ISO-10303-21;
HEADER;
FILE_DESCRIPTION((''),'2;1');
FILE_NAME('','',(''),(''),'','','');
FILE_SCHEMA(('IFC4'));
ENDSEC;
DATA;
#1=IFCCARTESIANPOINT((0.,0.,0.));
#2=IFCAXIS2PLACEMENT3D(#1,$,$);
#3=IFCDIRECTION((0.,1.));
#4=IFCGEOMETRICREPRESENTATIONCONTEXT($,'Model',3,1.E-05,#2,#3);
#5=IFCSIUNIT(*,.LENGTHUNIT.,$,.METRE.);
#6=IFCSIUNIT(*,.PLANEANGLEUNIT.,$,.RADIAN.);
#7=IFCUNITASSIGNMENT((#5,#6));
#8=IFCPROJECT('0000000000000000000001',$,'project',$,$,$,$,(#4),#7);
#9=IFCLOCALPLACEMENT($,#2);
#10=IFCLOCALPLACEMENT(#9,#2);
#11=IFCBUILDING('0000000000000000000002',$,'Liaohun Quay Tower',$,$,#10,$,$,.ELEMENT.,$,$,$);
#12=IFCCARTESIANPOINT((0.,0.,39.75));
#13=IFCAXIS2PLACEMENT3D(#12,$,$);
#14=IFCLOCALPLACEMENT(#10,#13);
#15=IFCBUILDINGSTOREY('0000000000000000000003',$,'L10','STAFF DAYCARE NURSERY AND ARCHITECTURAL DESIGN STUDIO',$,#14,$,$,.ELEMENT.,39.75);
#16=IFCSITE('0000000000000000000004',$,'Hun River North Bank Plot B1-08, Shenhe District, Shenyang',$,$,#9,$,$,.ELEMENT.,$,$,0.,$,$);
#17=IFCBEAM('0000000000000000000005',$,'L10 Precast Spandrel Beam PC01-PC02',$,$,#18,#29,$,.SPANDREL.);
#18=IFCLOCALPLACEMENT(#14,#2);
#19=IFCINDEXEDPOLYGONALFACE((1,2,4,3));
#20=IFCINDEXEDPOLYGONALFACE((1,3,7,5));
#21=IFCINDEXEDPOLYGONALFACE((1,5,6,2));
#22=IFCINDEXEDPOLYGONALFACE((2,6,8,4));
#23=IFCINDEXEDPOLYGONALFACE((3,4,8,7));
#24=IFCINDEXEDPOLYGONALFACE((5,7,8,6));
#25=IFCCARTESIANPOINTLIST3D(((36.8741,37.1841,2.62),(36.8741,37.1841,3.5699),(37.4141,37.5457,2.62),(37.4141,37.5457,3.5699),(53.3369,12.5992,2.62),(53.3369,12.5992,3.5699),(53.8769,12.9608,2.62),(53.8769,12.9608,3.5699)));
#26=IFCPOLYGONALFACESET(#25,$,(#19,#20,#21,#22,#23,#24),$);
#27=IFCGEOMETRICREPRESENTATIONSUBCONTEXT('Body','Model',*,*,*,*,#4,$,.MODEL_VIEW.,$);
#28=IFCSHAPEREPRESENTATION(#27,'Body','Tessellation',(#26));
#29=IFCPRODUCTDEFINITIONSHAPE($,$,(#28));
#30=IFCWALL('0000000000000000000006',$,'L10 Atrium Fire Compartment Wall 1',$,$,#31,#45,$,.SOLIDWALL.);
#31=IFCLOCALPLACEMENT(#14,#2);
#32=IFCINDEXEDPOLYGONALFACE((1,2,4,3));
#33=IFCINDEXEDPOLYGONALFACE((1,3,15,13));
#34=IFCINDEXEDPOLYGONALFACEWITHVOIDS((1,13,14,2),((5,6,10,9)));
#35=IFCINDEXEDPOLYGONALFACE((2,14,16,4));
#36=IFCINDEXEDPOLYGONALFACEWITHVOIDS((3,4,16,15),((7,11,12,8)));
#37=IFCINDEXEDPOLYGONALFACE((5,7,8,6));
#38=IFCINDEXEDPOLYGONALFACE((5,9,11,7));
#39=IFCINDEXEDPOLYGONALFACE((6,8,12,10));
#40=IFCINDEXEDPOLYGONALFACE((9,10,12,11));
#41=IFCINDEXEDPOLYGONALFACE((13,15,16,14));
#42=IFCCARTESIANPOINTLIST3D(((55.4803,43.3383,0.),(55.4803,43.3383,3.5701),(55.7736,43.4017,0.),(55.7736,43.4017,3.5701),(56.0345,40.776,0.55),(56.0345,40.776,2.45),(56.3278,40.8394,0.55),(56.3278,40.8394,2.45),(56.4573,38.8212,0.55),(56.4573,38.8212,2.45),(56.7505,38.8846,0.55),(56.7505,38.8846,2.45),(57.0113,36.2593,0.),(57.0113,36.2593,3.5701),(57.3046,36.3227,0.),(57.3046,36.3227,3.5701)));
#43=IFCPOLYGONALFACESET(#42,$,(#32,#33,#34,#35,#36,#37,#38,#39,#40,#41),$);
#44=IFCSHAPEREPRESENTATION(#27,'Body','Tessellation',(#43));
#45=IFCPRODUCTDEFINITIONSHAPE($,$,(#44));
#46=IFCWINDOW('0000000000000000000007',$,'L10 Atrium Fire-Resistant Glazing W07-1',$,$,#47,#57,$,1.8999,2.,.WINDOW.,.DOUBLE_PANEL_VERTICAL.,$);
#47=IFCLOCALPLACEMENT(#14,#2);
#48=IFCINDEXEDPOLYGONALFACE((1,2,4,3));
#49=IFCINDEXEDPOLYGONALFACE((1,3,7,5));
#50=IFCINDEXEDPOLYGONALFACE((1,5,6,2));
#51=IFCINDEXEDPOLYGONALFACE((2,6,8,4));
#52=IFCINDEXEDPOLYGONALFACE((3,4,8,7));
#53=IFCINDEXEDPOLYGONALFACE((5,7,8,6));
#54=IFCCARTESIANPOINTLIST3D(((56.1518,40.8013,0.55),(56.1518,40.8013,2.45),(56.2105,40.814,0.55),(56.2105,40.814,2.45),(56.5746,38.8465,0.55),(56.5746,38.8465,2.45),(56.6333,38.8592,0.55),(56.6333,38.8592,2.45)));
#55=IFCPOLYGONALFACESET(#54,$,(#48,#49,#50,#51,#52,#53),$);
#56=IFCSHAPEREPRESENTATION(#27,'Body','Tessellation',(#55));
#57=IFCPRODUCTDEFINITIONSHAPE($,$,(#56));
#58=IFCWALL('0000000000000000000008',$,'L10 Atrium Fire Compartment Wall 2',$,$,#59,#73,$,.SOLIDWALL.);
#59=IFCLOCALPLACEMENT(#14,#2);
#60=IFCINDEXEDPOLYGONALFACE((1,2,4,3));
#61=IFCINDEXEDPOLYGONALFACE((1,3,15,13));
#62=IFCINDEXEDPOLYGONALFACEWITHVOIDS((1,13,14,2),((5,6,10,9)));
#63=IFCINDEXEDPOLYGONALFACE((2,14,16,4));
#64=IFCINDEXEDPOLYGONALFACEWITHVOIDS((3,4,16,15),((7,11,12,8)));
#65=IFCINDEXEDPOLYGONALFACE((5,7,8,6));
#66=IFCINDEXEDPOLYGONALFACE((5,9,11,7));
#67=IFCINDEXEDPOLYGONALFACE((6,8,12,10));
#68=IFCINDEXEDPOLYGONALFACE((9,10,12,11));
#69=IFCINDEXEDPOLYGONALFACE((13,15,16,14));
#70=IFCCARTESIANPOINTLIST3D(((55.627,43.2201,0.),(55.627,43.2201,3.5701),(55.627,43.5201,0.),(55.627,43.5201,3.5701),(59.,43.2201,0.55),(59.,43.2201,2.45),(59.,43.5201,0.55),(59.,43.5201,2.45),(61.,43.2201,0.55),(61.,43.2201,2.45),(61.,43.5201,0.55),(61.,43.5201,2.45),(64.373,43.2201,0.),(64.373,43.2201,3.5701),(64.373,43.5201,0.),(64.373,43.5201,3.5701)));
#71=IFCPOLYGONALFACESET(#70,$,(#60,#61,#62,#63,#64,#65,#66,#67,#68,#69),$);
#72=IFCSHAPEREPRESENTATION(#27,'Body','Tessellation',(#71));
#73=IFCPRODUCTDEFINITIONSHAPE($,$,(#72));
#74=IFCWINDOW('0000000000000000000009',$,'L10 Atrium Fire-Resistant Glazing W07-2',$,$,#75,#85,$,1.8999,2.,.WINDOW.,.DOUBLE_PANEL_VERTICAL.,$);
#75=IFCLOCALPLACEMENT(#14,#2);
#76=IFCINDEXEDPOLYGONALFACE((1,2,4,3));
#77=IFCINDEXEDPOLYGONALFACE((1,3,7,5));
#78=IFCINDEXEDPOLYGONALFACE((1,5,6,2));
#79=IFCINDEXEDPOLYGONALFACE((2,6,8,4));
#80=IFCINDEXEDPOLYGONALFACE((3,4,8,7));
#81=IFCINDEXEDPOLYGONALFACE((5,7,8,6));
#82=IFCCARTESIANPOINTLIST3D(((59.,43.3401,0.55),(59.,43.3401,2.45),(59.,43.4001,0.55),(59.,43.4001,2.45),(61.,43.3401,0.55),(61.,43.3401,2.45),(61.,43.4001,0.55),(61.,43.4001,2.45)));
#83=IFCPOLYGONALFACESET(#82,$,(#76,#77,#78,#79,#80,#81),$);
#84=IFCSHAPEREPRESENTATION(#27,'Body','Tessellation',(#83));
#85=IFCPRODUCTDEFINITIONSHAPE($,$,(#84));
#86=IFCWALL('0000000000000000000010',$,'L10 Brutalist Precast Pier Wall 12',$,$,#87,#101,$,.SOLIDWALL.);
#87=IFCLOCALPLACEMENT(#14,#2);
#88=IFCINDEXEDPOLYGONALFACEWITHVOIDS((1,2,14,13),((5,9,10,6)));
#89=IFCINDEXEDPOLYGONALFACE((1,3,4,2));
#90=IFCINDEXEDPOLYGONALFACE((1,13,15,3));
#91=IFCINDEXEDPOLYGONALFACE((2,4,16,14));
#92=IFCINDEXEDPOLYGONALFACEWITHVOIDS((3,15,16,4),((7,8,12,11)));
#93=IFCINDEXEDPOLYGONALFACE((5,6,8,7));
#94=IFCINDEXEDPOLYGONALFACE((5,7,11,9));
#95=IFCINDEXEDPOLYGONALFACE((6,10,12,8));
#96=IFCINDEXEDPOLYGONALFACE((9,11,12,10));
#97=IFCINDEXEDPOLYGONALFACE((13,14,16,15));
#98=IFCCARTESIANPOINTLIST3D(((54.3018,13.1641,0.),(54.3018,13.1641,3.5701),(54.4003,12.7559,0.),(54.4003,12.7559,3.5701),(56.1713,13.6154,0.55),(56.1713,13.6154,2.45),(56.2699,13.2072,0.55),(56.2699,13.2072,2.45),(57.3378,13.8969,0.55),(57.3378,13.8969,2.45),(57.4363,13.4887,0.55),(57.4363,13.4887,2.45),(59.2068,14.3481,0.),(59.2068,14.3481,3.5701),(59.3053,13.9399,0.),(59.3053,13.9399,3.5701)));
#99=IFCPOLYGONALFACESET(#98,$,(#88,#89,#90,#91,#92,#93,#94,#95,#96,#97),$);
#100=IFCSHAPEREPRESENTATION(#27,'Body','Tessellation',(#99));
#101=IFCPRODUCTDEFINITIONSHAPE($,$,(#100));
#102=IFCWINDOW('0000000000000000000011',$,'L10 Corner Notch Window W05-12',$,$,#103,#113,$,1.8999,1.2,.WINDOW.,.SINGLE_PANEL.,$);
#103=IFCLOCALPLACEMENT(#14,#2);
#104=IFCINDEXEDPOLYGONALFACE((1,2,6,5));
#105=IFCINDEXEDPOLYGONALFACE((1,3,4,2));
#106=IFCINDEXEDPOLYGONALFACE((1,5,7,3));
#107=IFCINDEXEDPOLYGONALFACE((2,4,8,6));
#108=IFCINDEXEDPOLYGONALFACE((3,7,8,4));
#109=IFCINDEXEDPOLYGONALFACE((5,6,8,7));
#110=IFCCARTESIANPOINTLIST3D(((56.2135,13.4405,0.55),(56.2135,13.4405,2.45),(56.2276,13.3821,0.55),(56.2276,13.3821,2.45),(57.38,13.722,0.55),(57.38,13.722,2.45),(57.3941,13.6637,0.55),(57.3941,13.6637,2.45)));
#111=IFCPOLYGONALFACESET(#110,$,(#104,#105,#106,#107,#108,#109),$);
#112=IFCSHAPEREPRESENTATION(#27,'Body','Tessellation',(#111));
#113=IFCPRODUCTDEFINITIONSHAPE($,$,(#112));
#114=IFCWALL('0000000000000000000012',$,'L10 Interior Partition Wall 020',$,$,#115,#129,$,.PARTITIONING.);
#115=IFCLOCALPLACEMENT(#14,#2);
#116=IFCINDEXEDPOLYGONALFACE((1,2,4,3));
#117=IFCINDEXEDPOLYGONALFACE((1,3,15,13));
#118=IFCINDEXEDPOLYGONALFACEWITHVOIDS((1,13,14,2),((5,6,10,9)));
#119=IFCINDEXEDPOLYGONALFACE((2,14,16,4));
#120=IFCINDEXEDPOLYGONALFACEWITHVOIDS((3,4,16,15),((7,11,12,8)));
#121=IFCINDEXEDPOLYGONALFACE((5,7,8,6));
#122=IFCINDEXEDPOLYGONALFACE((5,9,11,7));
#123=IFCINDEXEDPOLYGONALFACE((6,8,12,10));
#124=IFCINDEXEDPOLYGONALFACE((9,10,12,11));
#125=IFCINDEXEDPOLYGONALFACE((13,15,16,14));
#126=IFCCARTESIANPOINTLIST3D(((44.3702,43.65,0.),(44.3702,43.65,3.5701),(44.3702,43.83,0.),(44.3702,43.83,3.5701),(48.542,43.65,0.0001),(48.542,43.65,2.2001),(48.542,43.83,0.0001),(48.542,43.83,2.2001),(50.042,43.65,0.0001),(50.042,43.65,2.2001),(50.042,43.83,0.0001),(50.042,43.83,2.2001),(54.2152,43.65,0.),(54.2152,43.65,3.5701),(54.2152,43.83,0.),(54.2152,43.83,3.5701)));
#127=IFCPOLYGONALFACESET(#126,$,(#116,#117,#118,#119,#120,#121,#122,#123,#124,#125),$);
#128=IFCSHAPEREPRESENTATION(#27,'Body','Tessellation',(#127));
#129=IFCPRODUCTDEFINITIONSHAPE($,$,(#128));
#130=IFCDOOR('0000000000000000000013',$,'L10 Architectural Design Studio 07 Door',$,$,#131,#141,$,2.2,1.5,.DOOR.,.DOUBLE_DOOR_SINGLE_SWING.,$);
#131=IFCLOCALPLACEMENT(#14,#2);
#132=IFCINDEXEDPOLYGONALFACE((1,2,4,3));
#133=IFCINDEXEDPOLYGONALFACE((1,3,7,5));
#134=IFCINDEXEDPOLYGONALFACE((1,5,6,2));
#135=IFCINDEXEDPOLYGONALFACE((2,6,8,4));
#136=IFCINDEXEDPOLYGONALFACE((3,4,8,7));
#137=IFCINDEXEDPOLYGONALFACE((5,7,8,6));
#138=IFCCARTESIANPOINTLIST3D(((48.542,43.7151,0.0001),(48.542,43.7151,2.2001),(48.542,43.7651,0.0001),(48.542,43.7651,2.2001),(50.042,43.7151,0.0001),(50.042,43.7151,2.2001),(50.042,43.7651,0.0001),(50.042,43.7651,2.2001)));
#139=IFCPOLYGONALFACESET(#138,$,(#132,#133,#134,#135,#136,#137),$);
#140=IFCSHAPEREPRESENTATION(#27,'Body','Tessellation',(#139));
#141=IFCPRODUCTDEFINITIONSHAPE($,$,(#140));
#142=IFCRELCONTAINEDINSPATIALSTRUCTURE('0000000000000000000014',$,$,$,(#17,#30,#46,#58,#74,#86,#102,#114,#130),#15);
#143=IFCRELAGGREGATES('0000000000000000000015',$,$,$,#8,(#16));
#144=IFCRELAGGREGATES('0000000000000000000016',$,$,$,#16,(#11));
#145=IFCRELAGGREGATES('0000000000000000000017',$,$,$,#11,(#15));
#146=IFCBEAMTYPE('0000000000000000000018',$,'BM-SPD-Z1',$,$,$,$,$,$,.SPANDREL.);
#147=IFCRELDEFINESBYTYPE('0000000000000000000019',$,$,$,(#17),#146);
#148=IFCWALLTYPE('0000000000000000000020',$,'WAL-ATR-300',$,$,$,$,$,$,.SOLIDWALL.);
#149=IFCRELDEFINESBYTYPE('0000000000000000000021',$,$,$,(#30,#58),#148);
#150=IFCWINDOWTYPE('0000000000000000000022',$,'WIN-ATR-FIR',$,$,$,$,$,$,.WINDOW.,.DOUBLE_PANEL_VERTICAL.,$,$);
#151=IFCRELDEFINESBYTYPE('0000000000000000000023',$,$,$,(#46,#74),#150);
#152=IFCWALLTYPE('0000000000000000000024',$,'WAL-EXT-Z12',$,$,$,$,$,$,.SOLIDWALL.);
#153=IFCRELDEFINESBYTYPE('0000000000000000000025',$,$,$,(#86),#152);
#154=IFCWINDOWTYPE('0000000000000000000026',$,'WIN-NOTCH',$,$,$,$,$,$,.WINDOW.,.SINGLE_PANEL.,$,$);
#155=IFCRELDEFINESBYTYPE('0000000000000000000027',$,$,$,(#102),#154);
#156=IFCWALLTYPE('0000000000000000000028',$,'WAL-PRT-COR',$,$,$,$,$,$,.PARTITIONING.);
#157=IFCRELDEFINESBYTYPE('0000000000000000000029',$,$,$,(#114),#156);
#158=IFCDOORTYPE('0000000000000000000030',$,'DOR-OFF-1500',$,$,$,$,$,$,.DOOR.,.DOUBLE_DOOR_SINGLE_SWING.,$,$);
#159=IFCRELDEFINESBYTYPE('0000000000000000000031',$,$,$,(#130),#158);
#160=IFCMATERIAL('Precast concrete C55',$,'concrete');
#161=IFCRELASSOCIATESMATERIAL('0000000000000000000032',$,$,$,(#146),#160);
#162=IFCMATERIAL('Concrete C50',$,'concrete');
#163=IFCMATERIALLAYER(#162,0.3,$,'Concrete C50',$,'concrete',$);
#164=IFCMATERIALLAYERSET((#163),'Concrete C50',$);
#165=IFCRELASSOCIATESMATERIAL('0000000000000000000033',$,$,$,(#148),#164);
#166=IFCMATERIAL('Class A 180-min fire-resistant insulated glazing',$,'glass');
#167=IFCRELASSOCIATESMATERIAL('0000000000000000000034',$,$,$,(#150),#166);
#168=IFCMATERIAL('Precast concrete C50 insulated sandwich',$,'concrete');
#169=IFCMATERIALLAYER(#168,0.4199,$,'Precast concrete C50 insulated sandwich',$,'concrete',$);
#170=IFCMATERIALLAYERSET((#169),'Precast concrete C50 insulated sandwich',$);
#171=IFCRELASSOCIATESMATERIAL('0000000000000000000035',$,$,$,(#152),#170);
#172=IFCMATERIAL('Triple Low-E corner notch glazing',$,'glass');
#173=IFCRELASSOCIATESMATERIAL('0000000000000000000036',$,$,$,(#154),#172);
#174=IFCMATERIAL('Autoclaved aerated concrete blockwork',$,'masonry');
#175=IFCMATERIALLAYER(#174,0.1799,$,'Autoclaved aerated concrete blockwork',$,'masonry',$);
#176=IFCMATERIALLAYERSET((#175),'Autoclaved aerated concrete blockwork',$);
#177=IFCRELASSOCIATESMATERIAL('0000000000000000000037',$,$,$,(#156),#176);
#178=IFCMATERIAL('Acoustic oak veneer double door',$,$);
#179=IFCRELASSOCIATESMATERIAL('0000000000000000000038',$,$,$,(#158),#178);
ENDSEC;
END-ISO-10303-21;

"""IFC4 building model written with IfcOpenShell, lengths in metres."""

from ifc_helpers import new_model, si_unit, direction, frame, frame_2d, origin, origin_2d, place, context, subcontext, project, spatial, rectangle, extrude, source, transform, mapped, material, layer, layer_set, material_profile, profile_set, type_object, element, fill, save


model = new_model("IFC4")

# Units and contexts
model_context = context("Model", 3, precision=1e-05, world=origin(), true_north=direction((0.0, 1.0)))
body_context = subcontext(model_context, "Body", "Model", "MODEL_VIEW")
ifc_project = project(units=[si_unit("LENGTHUNIT", "METRE"), si_unit("PLANEANGLEUNIT", "RADIAN")], contexts=[model_context])

# Site, building, storey
site_placement = place(None, origin())
site = spatial("IfcSite", under=ifc_project, at=site_placement, Name="Hun River North Bank Plot B1-08, Shenhe District, Shenyang", CompositionType="ELEMENT", RefElevation=0.0)
building_placement = place(site_placement, origin())
building = spatial("IfcBuilding", under=site, at=building_placement, Name="Liaohun Quay Tower", CompositionType="ELEMENT")
storey_placement = place(building_placement, frame((0.0, 0.0, 39.75)))
storey = spatial("IfcBuildingStorey", under=building, at=storey_placement, Name="L10", Description="STAFF DAYCARE NURSERY AND ARCHITECTURAL DESIGN STUDIO", CompositionType="ELEMENT", Elevation=39.75)

# Beam
ifc_material_1 = material(Name="Precast concrete C55", Category="concrete")
ifc_material_profile_1 = material_profile(ifc_material_1, rectangle(XDim=0.6499, YDim=0.95, at=origin_2d()), Name="RC650x950")
ifc_profile_set_1 = profile_set([ifc_material_profile_1], Name="Precast concrete C55")
beam_type_1 = type_object("IfcBeamType", Name="BM-SPD-Z1", PredefinedType="SPANDREL", material=ifc_profile_set_1)
shared_shape_1 = source(origin(), body_context, "Body", "SweptSolid", [
    extrude(rectangle(XDim=0.6499, YDim=0.95, at=origin_2d()), origin(), (0.0, 0.0, 1.0), 29.5879),
])
beam_1_placement = place(storey_placement, frame((53.6069, 12.78, 3.095), z_axis=(-0.556405, 0.830911, 0.0), x_axis=(-0.830911, -0.556405, 0.0)))
element("IfcBeam", 1, at=beam_1_placement, inside=storey, type_object=beam_type_1, Name="L10 Precast Spandrel Beam PC01-PC02", PredefinedType="SPANDREL", context=body_context, shape_type="MappedRepresentation", body=[
    mapped(shared_shape_1, transform((0.0, 0.0, 0.0), x_axis=(1.0, 0.0, 0.0), y_axis=(0.0, 1.0, 0.0), z_axis=(0.0, 0.0, 1.0), scale=1.0)),
])

# Walls, openings, windows
ifc_material_2 = material(Name="Concrete C50", Category="concrete")
ifc_layer_1 = layer(ifc_material_2, 0.3, Name="Concrete C50", Category="concrete")
ifc_layer_set_1 = layer_set([ifc_layer_1], Name="Concrete C50")
wall_type_1 = type_object("IfcWallType", Name="WAL-ATR-300", PredefinedType="SOLIDWALL", material=ifc_layer_set_1)
wall_1_placement = place(storey_placement, frame((57.158, 36.291, 0.0), z_axis=(0.0, 0.0, 1.0), x_axis=(-0.211384, 0.977403, 0.0)))
wall_1 = element("IfcWall", 2, at=wall_1_placement, inside=storey, type_object=wall_type_1, Name="L10 Atrium Fire Compartment Wall 1", PredefinedType="SOLIDWALL", context=body_context, shape_type="SweptSolid", body=[
    extrude(rectangle(XDim=7.2427, YDim=0.3, at=frame_2d((3.6213, 0.0))), origin(), (0.0, 0.0, 1.0), 3.5701),
])
shared_shape_2 = source(origin(), body_context, "Body", "SweptSolid", [
    extrude(rectangle(XDim=2.0, YDim=1.8999, at=frame_2d((1.0, 0.95))), frame((0.0, 0.1599, 0.0), z_axis=(0.0, -1.0, 0.0), x_axis=(1.0, 0.0, 0.0)), (0.0, 0.0, 1.0), 0.3201),
])
opening_1_placement = place(wall_1_placement, frame((2.6211, 0.0, 0.55)))
opening_1 = element("IfcOpeningElement", 3, at=opening_1_placement, cuts=wall_1, PredefinedType="OPENING", context=body_context, shape_type="MappedRepresentation", body=[
    mapped(shared_shape_2, transform((0.0, 0.0, 0.0), x_axis=(1.0, 0.0, 0.0), y_axis=(0.0, 1.0, 0.0), z_axis=(0.0, 0.0, 1.0), scale=1.0)),
])
ifc_material_3 = material(Name="Class A 180-min fire-resistant insulated glazing", Category="glass")
window_type_1 = type_object("IfcWindowType", Name="WIN-ATR-FIR", PartitioningType="DOUBLE_PANEL_VERTICAL", PredefinedType="WINDOW", material=ifc_material_3)
shared_shape_3 = source(origin(), body_context, "Body", "SweptSolid", [
    extrude(rectangle(XDim=2.0, YDim=1.8999, at=frame_2d((1.0, 0.95))), frame((0.0, 0.03, 0.0), z_axis=(0.0, -1.0, 0.0), x_axis=(1.0, 0.0, 0.0)), (0.0, 0.0, 1.0), 0.0601),
])
window_1_placement = place(opening_1_placement, origin())
window_1 = element("IfcWindow", 4, at=window_1_placement, inside=storey, type_object=window_type_1, Name="L10 Atrium Fire-Resistant Glazing W07-1", OverallHeight=1.8999, OverallWidth=2.0, PartitioningType="DOUBLE_PANEL_VERTICAL", PredefinedType="WINDOW", context=body_context, shape_type="MappedRepresentation", body=[
    mapped(shared_shape_3, transform((0.0, 0.0, 0.0), x_axis=(1.0, 0.0, 0.0), y_axis=(0.0, 1.0, 0.0), z_axis=(0.0, 0.0, 1.0), scale=1.0)),
])
fill(opening_1, window_1)
wall_2_placement = place(storey_placement, frame((55.627, 43.3701, 0.0), z_axis=(0.0, 0.0, 1.0), x_axis=(1.0, 0.0, 0.0)))
wall_2 = element("IfcWall", 5, at=wall_2_placement, inside=storey, type_object=wall_type_1, Name="L10 Atrium Fire Compartment Wall 2", PredefinedType="SOLIDWALL", context=body_context, shape_type="SweptSolid", body=[
    extrude(rectangle(XDim=8.7461, YDim=0.3, at=frame_2d((4.373, 0.0))), origin(), (0.0, 0.0, 1.0), 3.5701),
])
opening_2_placement = place(wall_2_placement, frame((3.373, 0.0, 0.55)))
opening_2 = element("IfcOpeningElement", 6, at=opening_2_placement, cuts=wall_2, PredefinedType="OPENING", context=body_context, shape_type="MappedRepresentation", body=[
    mapped(shared_shape_2, transform((0.0, 0.0, 0.0), x_axis=(1.0, 0.0, 0.0), y_axis=(0.0, 1.0, 0.0), z_axis=(0.0, 0.0, 1.0), scale=1.0)),
])
window_2_placement = place(opening_2_placement, origin())
window_2 = element("IfcWindow", 7, at=window_2_placement, inside=storey, type_object=window_type_1, Name="L10 Atrium Fire-Resistant Glazing W07-2", OverallHeight=1.8999, OverallWidth=2.0, PartitioningType="DOUBLE_PANEL_VERTICAL", PredefinedType="WINDOW", context=body_context, shape_type="MappedRepresentation", body=[
    mapped(shared_shape_3, transform((0.0, 0.0, 0.0), x_axis=(1.0, 0.0, 0.0), y_axis=(0.0, 1.0, 0.0), z_axis=(0.0, 0.0, 1.0), scale=1.0)),
])
fill(opening_2, window_2)
ifc_material_4 = material(Name="Precast concrete C50 insulated sandwich", Category="concrete")
ifc_layer_2 = layer(ifc_material_4, 0.4199, Name="Precast concrete C50 insulated sandwich", Category="concrete")
ifc_layer_set_2 = layer_set([ifc_layer_2], Name="Precast concrete C50 insulated sandwich")
wall_type_2 = type_object("IfcWallType", Name="WAL-EXT-Z12", PredefinedType="SOLIDWALL", material=ifc_layer_set_2)
wall_3_placement = place(storey_placement, frame((54.3511, 12.96, 0.0), z_axis=(0.0, 0.0, 1.0), x_axis=(0.972077, 0.234661, 0.0)))
wall_3 = element("IfcWall", 8, at=wall_3_placement, inside=storey, type_object=wall_type_2, Name="L10 Brutalist Precast Pier Wall 12", PredefinedType="SOLIDWALL", context=body_context, shape_type="SweptSolid", body=[
    extrude(rectangle(XDim=5.0459, YDim=0.4199, at=frame_2d((2.5229, 0.0))), origin(), (0.0, 0.0, 1.0), 3.5701),
])
shared_shape_4 = source(origin(), body_context, "Body", "SweptSolid", [
    extrude(rectangle(XDim=1.2, YDim=1.8999, at=frame_2d((0.6001, 0.95))), frame((0.0, 0.22, 0.0), z_axis=(0.0, -1.0, 0.0), x_axis=(1.0, 0.0, 0.0)), (0.0, 0.0, 1.0), 0.4399),
])
opening_3_placement = place(wall_3_placement, frame((1.9231, 0.0, 0.55)))
opening_3 = element("IfcOpeningElement", 9, at=opening_3_placement, cuts=wall_3, PredefinedType="OPENING", context=body_context, shape_type="MappedRepresentation", body=[
    mapped(shared_shape_4, transform((0.0, 0.0, 0.0), x_axis=(1.0, 0.0, 0.0), y_axis=(0.0, 1.0, 0.0), z_axis=(0.0, 0.0, 1.0), scale=1.0)),
])
ifc_material_5 = material(Name="Triple Low-E corner notch glazing", Category="glass")
window_type_2 = type_object("IfcWindowType", Name="WIN-NOTCH", PartitioningType="SINGLE_PANEL", PredefinedType="WINDOW", material=ifc_material_5)
shared_shape_5 = source(origin(), body_context, "Body", "SweptSolid", [
    extrude(rectangle(XDim=1.2, YDim=1.8999, at=frame_2d((0.6001, 0.95))), frame((0.0, 0.03, 0.0), z_axis=(0.0, -1.0, 0.0), x_axis=(1.0, 0.0, 0.0)), (0.0, 0.0, 1.0), 0.0601),
])
window_3_placement = place(opening_3_placement, origin())
window_3 = element("IfcWindow", 10, at=window_3_placement, inside=storey, type_object=window_type_2, Name="L10 Corner Notch Window W05-12", OverallHeight=1.8999, OverallWidth=1.2, PartitioningType="SINGLE_PANEL", PredefinedType="WINDOW", context=body_context, shape_type="MappedRepresentation", body=[
    mapped(shared_shape_5, transform((0.0, 0.0, 0.0), x_axis=(1.0, 0.0, 0.0), y_axis=(0.0, 1.0, 0.0), z_axis=(0.0, 0.0, 1.0), scale=1.0)),
])
fill(opening_3, window_3)

# Wall, opening, door
ifc_material_6 = material(Name="Autoclaved aerated concrete blockwork", Category="masonry")
ifc_layer_3 = layer(ifc_material_6, 0.1799, Name="Autoclaved aerated concrete blockwork", Category="masonry")
ifc_layer_set_3 = layer_set([ifc_layer_3], Name="Autoclaved aerated concrete blockwork")
wall_type_3 = type_object("IfcWallType", Name="WAL-PRT-COR", PredefinedType="PARTITIONING", material=ifc_layer_set_3)
wall_4_placement = place(storey_placement, frame((54.2151, 43.74, 0.0), z_axis=(0.0, 0.0, 1.0), x_axis=(-1.0, 0.0, 0.0)))
wall_4 = element("IfcWall", 11, at=wall_4_placement, inside=storey, type_object=wall_type_3, Name="L10 Interior Partition Wall 020", PredefinedType="PARTITIONING", context=body_context, shape_type="SweptSolid", body=[
    extrude(rectangle(XDim=9.845, YDim=0.1799, at=frame_2d((4.9224, 0.0))), origin(), (0.0, 0.0, 1.0), 3.5701),
])
shared_shape_6 = source(origin(), body_context, "Body", "SweptSolid", [
    extrude(rectangle(XDim=1.5, YDim=2.2, at=frame_2d((0.75, 1.1001))), frame((0.0, 0.0999, 0.0), z_axis=(0.0, -1.0, 0.0), x_axis=(1.0, 0.0, 0.0)), (0.0, 0.0, 1.0), 0.2),
])
opening_4_placement = place(wall_4_placement, frame((4.1731, 0.0, 0.0)))
opening_4 = element("IfcOpeningElement", 12, at=opening_4_placement, cuts=wall_4, PredefinedType="OPENING", context=body_context, shape_type="MappedRepresentation", body=[
    mapped(shared_shape_6, transform((0.0, 0.0, 0.0), x_axis=(1.0, 0.0, 0.0), y_axis=(0.0, 1.0, 0.0), z_axis=(0.0, 0.0, 1.0), scale=1.0)),
])
ifc_material_7 = material(Name="Acoustic oak veneer double door")
door_type = type_object("IfcDoorType", Name="DOR-OFF-1500", OperationType="DOUBLE_DOOR_SINGLE_SWING", PredefinedType="DOOR", material=ifc_material_7)
shared_shape_7 = source(origin(), body_context, "Body", "SweptSolid", [
    extrude(rectangle(XDim=1.5, YDim=2.2, at=frame_2d((0.75, 1.1001))), frame((0.0, 0.0249, 0.0), z_axis=(0.0, -1.0, 0.0), x_axis=(1.0, 0.0, 0.0)), (0.0, 0.0, 1.0), 0.05),
])
door_placement = place(opening_4_placement, origin())
door = element("IfcDoor", 13, at=door_placement, inside=storey, type_object=door_type, Name="L10 Architectural Design Studio 07 Door", OperationType="DOUBLE_DOOR_SINGLE_SWING", OverallHeight=2.2, OverallWidth=1.5, PredefinedType="DOOR", context=body_context, shape_type="MappedRepresentation", body=[
    mapped(shared_shape_7, transform((0.0, 0.0, 0.0), x_axis=(1.0, 0.0, 0.0), y_axis=(0.0, 1.0, 0.0), z_axis=(0.0, 0.0, 1.0), scale=1.0)),
])
fill(opening_4, door)

save(model, "model.ifc")
